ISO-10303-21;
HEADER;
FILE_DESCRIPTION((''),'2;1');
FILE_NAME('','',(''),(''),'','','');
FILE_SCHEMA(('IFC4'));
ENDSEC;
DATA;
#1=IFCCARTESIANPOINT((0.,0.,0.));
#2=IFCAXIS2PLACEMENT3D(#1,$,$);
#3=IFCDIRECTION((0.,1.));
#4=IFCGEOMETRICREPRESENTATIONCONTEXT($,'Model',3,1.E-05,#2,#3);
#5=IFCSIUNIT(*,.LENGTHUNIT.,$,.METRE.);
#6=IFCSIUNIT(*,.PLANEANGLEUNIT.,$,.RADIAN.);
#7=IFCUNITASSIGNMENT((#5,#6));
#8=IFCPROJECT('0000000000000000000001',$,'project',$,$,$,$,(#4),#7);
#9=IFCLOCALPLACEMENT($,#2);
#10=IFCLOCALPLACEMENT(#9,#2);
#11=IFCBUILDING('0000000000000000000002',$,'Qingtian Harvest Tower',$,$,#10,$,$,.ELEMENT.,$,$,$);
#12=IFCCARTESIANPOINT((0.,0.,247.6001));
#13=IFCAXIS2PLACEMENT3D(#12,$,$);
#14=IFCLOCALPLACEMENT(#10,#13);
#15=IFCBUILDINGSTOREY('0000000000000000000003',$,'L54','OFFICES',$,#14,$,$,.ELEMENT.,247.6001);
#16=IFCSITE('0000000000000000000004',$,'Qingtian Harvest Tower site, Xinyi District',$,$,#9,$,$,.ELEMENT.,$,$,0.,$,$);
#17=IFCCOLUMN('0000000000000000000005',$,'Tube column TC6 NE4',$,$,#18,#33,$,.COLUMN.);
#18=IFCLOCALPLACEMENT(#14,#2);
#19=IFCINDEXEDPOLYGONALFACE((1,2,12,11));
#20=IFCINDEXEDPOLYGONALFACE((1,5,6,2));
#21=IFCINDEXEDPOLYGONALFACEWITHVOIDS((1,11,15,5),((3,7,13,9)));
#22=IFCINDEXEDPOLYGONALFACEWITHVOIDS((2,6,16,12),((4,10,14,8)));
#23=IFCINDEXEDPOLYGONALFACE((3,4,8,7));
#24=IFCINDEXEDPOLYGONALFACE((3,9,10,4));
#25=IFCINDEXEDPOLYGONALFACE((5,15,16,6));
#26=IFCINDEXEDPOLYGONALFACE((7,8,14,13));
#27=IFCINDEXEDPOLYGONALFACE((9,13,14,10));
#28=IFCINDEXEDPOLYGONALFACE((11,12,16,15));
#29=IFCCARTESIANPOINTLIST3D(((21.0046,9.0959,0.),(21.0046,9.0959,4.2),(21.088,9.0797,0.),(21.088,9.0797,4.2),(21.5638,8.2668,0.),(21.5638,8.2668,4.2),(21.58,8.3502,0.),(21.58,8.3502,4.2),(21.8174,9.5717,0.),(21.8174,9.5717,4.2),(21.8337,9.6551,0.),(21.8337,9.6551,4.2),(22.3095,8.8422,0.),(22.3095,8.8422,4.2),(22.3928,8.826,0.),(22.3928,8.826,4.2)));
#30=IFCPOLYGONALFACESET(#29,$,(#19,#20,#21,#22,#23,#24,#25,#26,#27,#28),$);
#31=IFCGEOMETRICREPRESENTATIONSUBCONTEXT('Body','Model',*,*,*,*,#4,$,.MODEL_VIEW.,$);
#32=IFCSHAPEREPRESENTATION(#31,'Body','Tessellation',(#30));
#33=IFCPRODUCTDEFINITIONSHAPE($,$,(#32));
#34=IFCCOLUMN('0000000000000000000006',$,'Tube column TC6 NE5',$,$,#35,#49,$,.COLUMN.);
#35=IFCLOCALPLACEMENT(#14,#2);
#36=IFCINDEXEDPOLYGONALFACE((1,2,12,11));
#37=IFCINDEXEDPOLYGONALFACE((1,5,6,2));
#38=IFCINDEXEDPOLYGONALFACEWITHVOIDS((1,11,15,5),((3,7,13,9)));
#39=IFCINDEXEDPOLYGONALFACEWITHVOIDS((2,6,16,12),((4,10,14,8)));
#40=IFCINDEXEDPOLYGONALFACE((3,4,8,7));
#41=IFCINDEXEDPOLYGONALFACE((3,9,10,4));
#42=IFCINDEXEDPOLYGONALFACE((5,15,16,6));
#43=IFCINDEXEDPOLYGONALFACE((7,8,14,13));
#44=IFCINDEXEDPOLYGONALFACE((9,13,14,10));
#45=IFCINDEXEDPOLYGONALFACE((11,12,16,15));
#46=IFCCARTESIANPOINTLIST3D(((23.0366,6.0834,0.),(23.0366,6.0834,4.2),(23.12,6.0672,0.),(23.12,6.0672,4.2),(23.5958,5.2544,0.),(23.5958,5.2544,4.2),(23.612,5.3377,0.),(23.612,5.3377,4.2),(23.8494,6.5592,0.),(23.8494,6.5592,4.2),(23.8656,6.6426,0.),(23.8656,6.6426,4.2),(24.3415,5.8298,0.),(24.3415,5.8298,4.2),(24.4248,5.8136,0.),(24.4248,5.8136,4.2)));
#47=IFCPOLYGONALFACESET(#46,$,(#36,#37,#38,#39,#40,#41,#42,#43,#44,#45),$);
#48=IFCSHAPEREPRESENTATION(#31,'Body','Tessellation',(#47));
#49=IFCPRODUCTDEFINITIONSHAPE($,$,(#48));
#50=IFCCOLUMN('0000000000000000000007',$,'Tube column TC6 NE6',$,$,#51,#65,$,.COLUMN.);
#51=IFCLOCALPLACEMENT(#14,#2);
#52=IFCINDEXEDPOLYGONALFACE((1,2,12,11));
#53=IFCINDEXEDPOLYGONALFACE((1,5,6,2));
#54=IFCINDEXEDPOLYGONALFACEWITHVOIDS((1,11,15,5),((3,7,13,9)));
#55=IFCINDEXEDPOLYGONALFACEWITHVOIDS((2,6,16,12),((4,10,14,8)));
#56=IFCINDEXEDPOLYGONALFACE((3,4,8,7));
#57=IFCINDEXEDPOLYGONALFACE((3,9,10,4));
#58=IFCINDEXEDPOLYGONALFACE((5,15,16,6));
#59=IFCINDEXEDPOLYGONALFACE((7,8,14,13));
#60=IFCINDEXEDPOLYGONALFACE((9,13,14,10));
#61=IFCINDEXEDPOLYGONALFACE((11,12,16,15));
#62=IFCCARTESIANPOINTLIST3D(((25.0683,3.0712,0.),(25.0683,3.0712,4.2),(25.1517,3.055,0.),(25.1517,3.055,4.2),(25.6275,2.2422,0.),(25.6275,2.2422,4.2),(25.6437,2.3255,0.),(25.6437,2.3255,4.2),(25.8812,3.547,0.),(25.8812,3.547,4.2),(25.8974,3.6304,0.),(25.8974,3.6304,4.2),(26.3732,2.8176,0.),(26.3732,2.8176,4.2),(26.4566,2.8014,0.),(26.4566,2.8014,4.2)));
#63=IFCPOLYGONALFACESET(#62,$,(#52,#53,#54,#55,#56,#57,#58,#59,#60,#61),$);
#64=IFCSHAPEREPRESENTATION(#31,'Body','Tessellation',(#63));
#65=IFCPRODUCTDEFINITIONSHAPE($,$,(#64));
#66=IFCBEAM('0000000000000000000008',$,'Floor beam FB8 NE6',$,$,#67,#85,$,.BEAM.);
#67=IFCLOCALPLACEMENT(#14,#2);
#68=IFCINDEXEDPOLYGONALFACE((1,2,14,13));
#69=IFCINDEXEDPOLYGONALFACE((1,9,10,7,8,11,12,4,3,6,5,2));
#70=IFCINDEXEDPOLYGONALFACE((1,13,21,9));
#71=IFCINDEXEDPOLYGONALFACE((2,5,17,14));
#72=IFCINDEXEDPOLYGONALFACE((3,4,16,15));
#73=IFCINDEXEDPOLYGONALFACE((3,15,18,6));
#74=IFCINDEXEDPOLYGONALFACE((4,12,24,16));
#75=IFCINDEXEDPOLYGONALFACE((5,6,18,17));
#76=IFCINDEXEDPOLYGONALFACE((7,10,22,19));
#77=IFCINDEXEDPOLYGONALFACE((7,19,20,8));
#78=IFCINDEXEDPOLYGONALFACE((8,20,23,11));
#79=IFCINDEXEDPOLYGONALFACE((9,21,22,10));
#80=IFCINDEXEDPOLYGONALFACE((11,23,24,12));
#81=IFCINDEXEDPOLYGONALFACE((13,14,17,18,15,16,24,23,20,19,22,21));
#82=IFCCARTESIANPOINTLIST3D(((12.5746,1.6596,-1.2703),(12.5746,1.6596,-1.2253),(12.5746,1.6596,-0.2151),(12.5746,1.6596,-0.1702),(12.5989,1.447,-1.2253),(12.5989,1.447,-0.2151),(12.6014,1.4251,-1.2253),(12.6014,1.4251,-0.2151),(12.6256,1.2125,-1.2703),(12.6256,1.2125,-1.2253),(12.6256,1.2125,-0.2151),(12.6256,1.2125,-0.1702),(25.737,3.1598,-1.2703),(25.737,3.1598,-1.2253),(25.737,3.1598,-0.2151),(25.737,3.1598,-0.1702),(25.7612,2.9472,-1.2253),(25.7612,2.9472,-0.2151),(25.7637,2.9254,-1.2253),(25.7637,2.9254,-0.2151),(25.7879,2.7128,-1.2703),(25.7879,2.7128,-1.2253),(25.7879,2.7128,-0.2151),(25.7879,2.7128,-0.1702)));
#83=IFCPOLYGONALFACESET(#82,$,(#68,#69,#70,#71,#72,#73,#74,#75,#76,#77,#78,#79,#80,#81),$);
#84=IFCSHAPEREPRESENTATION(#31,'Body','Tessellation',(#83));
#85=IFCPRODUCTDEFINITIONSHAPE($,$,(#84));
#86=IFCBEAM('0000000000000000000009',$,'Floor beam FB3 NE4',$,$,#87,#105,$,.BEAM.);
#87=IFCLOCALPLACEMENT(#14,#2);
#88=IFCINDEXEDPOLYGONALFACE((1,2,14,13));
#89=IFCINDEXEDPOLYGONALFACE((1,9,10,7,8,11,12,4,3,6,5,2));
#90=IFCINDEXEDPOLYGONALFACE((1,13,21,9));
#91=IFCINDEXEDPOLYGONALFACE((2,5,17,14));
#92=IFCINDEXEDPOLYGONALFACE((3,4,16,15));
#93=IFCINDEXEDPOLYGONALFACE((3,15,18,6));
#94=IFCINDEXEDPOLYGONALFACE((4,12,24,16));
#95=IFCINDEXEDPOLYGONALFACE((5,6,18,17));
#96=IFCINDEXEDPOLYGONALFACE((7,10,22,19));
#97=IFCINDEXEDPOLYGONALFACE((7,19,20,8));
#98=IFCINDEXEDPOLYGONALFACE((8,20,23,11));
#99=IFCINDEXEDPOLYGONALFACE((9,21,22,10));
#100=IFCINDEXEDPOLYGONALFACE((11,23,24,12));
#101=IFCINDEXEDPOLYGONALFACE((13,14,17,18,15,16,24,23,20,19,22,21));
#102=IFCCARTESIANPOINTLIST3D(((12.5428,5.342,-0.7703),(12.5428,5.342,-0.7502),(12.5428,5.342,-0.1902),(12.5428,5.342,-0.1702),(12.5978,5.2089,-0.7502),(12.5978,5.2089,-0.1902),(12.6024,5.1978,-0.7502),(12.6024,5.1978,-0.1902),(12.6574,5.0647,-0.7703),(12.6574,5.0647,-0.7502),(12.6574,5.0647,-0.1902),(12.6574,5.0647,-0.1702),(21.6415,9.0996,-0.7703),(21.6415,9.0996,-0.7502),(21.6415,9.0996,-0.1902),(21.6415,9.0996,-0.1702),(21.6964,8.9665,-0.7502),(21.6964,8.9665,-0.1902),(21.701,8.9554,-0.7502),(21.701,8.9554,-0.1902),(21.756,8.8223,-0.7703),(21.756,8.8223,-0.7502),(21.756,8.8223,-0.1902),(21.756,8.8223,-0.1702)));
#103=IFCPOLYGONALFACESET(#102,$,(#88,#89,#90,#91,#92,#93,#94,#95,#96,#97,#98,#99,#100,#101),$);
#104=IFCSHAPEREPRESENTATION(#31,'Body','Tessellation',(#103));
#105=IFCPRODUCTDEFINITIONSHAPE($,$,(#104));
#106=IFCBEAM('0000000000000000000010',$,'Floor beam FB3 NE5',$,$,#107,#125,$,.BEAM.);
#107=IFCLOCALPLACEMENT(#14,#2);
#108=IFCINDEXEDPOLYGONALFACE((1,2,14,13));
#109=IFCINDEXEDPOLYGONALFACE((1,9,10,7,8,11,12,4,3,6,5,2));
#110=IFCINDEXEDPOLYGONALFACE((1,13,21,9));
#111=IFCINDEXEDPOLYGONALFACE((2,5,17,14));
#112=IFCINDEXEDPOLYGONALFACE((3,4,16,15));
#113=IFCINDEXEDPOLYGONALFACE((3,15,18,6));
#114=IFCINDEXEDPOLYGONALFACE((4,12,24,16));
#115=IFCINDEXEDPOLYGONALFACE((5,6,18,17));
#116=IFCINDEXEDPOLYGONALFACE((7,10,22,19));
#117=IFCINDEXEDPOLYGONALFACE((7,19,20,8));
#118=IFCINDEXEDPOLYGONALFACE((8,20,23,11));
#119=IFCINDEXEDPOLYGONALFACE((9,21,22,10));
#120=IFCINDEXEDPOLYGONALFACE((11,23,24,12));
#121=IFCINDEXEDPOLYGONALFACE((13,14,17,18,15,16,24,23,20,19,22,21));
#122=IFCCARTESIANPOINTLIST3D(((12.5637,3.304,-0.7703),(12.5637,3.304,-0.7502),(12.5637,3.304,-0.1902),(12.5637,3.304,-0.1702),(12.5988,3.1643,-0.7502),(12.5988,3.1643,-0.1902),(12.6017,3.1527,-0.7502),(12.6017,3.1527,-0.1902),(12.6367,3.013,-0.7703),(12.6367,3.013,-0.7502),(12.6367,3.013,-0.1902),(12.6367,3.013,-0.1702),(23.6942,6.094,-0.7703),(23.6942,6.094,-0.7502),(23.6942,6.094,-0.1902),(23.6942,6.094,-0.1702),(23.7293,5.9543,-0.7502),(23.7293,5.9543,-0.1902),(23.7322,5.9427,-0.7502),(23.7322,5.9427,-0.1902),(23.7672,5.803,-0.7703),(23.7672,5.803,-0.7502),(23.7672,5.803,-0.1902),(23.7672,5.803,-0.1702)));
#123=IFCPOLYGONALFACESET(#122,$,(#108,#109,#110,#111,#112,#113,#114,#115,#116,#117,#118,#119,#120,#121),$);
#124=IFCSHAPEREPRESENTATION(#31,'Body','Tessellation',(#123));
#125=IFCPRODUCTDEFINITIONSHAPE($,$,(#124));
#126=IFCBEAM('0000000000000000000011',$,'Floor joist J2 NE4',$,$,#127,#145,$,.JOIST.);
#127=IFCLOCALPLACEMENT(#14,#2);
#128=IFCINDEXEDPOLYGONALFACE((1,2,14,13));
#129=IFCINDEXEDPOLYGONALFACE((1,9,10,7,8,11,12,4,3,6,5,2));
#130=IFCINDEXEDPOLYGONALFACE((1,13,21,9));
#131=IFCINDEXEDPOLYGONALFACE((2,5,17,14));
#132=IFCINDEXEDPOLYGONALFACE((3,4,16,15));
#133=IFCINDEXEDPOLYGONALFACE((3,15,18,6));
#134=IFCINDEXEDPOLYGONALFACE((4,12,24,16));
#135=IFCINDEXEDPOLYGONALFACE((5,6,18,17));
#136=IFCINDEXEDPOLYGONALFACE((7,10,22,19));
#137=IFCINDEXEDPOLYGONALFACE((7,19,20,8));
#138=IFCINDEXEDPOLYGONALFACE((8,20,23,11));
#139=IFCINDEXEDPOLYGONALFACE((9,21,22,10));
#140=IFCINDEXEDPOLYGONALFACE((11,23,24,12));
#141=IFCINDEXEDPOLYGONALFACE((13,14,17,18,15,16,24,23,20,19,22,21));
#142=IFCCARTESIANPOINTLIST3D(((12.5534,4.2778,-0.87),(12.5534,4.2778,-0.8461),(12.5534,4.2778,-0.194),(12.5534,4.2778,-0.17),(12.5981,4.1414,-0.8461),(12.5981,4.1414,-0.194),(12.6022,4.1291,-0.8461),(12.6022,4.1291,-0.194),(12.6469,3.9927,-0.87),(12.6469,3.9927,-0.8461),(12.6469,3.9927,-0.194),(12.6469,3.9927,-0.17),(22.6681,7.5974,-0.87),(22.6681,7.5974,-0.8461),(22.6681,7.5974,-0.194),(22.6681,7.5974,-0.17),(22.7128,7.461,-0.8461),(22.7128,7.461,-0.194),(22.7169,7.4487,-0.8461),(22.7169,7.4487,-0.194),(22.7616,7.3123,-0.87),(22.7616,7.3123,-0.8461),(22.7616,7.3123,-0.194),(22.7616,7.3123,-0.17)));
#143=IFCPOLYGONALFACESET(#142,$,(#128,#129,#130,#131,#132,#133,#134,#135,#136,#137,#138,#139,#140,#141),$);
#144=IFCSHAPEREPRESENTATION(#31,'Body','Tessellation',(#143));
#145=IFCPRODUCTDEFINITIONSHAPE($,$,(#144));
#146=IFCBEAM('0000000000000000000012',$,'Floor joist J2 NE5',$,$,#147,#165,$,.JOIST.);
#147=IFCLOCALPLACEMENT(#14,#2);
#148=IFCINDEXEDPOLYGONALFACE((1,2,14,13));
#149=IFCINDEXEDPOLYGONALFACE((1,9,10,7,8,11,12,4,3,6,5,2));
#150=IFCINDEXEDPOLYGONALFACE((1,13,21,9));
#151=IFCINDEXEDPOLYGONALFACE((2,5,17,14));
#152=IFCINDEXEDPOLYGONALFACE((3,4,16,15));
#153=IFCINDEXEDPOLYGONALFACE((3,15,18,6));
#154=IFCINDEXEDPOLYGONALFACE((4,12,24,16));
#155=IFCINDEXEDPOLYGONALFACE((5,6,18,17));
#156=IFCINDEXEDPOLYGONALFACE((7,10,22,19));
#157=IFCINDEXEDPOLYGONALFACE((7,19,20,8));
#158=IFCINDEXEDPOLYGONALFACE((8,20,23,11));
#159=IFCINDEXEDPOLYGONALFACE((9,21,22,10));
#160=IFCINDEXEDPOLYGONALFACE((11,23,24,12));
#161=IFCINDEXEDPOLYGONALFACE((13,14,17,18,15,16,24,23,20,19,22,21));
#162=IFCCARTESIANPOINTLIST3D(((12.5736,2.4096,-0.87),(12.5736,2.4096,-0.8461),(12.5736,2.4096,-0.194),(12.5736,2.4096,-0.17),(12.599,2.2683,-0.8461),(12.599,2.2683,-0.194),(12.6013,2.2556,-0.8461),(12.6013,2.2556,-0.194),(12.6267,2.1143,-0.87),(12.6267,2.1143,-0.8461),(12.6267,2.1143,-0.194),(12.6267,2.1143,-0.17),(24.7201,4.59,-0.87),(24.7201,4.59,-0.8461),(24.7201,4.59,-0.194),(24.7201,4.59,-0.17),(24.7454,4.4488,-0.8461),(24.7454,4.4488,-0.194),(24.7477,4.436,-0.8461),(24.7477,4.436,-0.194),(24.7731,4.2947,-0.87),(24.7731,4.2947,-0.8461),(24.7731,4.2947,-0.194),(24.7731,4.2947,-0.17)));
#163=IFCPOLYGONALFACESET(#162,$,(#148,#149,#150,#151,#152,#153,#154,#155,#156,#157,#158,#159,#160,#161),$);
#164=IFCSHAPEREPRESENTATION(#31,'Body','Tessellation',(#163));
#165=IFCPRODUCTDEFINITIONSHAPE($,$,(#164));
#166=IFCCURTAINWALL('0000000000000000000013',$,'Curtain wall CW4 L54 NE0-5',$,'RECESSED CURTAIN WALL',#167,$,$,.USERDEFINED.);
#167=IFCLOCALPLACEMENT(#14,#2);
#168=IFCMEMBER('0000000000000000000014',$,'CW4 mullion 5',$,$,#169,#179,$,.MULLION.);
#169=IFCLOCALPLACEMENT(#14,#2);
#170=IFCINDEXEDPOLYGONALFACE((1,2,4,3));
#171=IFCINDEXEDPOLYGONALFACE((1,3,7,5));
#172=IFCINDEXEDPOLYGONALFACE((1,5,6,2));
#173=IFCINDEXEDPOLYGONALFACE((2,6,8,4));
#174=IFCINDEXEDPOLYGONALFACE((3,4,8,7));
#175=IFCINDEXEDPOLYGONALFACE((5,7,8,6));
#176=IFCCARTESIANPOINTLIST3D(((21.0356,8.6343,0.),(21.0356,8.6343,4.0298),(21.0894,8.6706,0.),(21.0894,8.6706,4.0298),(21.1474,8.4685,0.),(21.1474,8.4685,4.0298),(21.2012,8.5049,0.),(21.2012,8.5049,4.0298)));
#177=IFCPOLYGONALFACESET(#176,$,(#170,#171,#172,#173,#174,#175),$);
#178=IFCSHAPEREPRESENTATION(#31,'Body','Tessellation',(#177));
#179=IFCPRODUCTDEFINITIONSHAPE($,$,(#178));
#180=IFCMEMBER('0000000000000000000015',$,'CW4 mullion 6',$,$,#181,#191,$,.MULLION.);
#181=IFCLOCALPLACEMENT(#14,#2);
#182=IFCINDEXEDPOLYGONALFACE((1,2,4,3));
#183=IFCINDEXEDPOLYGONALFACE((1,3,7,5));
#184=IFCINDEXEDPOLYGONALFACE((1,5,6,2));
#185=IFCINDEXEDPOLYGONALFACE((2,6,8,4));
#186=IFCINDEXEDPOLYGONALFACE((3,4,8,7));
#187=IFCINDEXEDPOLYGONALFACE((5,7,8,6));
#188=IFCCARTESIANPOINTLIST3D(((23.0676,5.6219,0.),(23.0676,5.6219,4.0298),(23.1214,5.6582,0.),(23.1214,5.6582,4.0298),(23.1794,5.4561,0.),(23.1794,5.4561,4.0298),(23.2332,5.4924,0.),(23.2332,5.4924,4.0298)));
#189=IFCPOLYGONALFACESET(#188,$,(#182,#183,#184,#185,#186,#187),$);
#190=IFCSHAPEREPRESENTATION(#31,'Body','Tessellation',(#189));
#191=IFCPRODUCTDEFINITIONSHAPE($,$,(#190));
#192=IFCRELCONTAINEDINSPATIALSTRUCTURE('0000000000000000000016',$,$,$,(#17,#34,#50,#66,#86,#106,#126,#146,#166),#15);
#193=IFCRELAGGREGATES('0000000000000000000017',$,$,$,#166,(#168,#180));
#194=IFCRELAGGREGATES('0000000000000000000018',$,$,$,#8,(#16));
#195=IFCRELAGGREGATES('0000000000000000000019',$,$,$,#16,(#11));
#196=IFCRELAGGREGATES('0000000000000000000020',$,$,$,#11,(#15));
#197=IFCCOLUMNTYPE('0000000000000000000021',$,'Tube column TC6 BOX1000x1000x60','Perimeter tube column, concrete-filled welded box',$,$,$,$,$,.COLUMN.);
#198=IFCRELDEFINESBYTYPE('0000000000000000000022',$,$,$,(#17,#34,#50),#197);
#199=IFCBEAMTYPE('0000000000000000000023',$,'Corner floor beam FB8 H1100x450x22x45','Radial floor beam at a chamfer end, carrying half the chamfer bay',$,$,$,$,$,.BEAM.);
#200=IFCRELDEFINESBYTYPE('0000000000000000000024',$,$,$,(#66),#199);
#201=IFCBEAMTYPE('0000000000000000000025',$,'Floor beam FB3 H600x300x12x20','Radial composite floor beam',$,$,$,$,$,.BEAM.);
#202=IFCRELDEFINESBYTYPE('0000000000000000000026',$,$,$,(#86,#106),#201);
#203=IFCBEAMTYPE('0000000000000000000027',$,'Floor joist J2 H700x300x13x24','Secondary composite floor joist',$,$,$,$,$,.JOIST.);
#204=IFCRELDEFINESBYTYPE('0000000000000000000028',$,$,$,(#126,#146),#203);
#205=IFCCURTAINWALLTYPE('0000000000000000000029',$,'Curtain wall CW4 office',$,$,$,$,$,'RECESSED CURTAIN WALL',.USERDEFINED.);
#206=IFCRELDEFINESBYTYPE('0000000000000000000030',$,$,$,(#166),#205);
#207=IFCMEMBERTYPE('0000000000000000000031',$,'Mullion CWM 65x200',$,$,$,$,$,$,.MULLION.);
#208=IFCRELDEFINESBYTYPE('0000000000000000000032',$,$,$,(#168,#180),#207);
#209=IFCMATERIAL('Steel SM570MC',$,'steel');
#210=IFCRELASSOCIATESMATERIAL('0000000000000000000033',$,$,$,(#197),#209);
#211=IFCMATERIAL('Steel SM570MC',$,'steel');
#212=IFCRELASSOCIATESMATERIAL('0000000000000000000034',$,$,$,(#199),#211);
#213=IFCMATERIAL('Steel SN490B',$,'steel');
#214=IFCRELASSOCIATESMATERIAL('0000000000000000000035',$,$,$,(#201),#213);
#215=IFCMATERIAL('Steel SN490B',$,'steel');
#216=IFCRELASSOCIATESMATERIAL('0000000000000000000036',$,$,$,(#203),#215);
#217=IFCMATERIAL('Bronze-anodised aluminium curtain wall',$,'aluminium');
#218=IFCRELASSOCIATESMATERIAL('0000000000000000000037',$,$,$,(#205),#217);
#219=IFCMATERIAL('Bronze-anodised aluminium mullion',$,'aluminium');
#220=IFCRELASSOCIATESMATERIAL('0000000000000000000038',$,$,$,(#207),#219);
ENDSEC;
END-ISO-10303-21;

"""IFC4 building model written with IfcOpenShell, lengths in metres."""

from ifc_helpers import new_model, si_unit, direction, frame, origin, origin_2d, place, context, subcontext, project, spatial, rectangle, hollow_rectangle, i_section, extrude, material, material_profile, profile_set, type_object, element, aggregate, save


model = new_model("IFC4")

# Units and contexts
model_context = context("Model", 3, precision=1e-05, world=origin(), true_north=direction((0.0, 1.0)))
body_context = subcontext(model_context, "Body", "Model", "MODEL_VIEW")
ifc_project = project(units=[si_unit("LENGTHUNIT", "METRE"), si_unit("PLANEANGLEUNIT", "RADIAN")], contexts=[model_context])

# Site, building, storey
site_placement = place(None, origin())
site = spatial("IfcSite", under=ifc_project, at=site_placement, Name="Qingtian Harvest Tower site, Xinyi District", CompositionType="ELEMENT", RefElevation=0.0)
building_placement = place(site_placement, origin())
building = spatial("IfcBuilding", under=site, at=building_placement, Name="Qingtian Harvest Tower", CompositionType="ELEMENT")
storey_placement = place(building_placement, frame((0.0, 0.0, 247.6001)))
storey = spatial("IfcBuildingStorey", under=building, at=storey_placement, Name="L54", Description="OFFICES", CompositionType="ELEMENT", Elevation=247.6001)

# Columns
ifc_material_1 = material(Name="Steel SM570MC", Category="steel")
ifc_material_profile_1 = material_profile(ifc_material_1, hollow_rectangle(XDim=1.0, YDim=1.0, WallThickness=0.0601, at=origin_2d()), Name="BOX1000x1000x60")
ifc_profile_set_1 = profile_set([ifc_material_profile_1], Name="Steel SM570MC")
column_type = type_object("IfcColumnType", Name="Tube column TC6 BOX1000x1000x60", Description="Perimeter tube column, concrete-filled welded box", PredefinedType="COLUMN", material=ifc_profile_set_1)
for number, where, z_axis, x_axis, name in (
    (1, (21.6987, 8.9609, 0.0), (0.0, 0.0, 1.0), (-0.559193, 0.829038, 0.0), "Tube column TC6 NE4"),
    (2, (23.7307, 5.9485, 0.0), (0.0, 0.0, 1.0), (-0.559193, 0.829038, 0.0), "Tube column TC6 NE5"),
    (3, (25.7625, 2.9363, 0.0), (0.0, 0.0, 1.0), (-0.559193, 0.829038, 0.0), "Tube column TC6 NE6"),
):
    element("IfcColumn", number, at=place(storey_placement, frame(where, z_axis=z_axis, x_axis=x_axis)), inside=storey, type_object=column_type, Name=name, PredefinedType="COLUMN", context=body_context, shape_type="SweptSolid", body=[
        extrude(hollow_rectangle(XDim=1.0, YDim=1.0, WallThickness=0.0601, at=origin_2d()), origin(), (0.0, 0.0, 1.0), 4.2),
    ])

# Beams
ifc_material_2 = material(Name="Steel SM570MC", Category="steel")
ifc_material_profile_2 = material_profile(ifc_material_2, i_section(OverallWidth=0.45, OverallDepth=1.1001, WebThickness=0.022, FlangeThickness=0.0449, at=origin_2d()), Name="H1100x450x22x45")
ifc_profile_set_2 = profile_set([ifc_material_profile_2], Name="Steel SM570MC")
beam_type_1 = type_object("IfcBeamType", Name="Corner floor beam FB8 H1100x450x22x45", Description="Radial floor beam at a chamfer end, carrying half the chamfer bay", PredefinedType="BEAM", material=ifc_profile_set_2)
beam_1_placement = place(storey_placement, frame((25.7625, 2.9363, -0.7202), z_axis=(-0.993567, -0.113247, 0.0), x_axis=(0.113247, -0.993567, 0.0)))
element("IfcBeam", 4, at=beam_1_placement, inside=storey, type_object=beam_type_1, Name="Floor beam FB8 NE6", PredefinedType="BEAM", context=body_context, shape_type="SweptSolid", body=[
    extrude(i_section(OverallWidth=0.45, OverallDepth=1.1001, WebThickness=0.022, FlangeThickness=0.0449, at=origin_2d()), origin(), (0.0, 0.0, 1.0), 13.2476),
])
ifc_material_3 = material(Name="Steel SN490B", Category="steel")
ifc_material_profile_3 = material_profile(ifc_material_3, i_section(OverallWidth=0.3, OverallDepth=0.6001, WebThickness=0.012, FlangeThickness=0.02, at=origin_2d()), Name="H600x300x12x20")
ifc_profile_set_3 = profile_set([ifc_material_profile_3], Name="Steel SN490B")
beam_type_2 = type_object("IfcBeamType", Name="Floor beam FB3 H600x300x12x20", Description="Radial composite floor beam", PredefinedType="BEAM", material=ifc_profile_set_3)
beam_2_placement = place(storey_placement, frame((21.6987, 8.9609, -0.4702), z_axis=(-0.924282, -0.381711, 0.0), x_axis=(0.381711, -0.924282, 0.0)))
element("IfcBeam", 5, at=beam_2_placement, inside=storey, type_object=beam_type_2, Name="Floor beam FB3 NE4", PredefinedType="BEAM", context=body_context, shape_type="SweptSolid", body=[
    extrude(i_section(OverallWidth=0.3, OverallDepth=0.6001, WebThickness=0.012, FlangeThickness=0.02, at=origin_2d()), origin(), (0.0, 0.0, 1.0), 9.844),
])
beam_3_placement = place(storey_placement, frame((23.7307, 5.9485, -0.4702), z_axis=(-0.969991, -0.243141, 0.0), x_axis=(0.243141, -0.969991, 0.0)))
element("IfcBeam", 6, at=beam_3_placement, inside=storey, type_object=beam_type_2, Name="Floor beam FB3 NE5", PredefinedType="BEAM", context=body_context, shape_type="SweptSolid", body=[
    extrude(i_section(OverallWidth=0.3, OverallDepth=0.6001, WebThickness=0.012, FlangeThickness=0.02, at=origin_2d()), origin(), (0.0, 0.0, 1.0), 11.4749),
])
ifc_material_4 = material(Name="Steel SN490B", Category="steel")
ifc_material_profile_4 = material_profile(ifc_material_4, i_section(OverallWidth=0.3, OverallDepth=0.7, WebThickness=0.0129, FlangeThickness=0.0239, at=origin_2d()), Name="H700x300x13x24")
ifc_profile_set_4 = profile_set([ifc_material_profile_4], Name="Steel SN490B")
beam_type_3 = type_object("IfcBeamType", Name="Floor joist J2 H700x300x13x24", Description="Secondary composite floor joist", PredefinedType="JOIST", material=ifc_profile_set_4)
beam_4_placement = place(storey_placement, frame((22.7148, 7.4548, -0.52), z_axis=(-0.950139, -0.311828, 0.0), x_axis=(0.311828, -0.950139, 0.0)))
element("IfcBeam", 7, at=beam_4_placement, inside=storey, type_object=beam_type_3, Name="Floor joist J2 NE4", PredefinedType="JOIST", context=body_context, shape_type="SweptSolid", body=[
    extrude(i_section(OverallWidth=0.3, OverallDepth=0.7, WebThickness=0.0129, FlangeThickness=0.0239, at=origin_2d()), origin(), (0.0, 0.0, 1.0), 10.6455),
])
beam_5_placement = place(storey_placement, frame((24.7466, 4.4424, -0.52), z_axis=(-0.984267, -0.176686, 0.0), x_axis=(0.176686, -0.984267, 0.0)))
element("IfcBeam", 8, at=beam_5_placement, inside=storey, type_object=beam_type_3, Name="Floor joist J2 NE5", PredefinedType="JOIST", context=body_context, shape_type="SweptSolid", body=[
    extrude(i_section(OverallWidth=0.3, OverallDepth=0.7, WebThickness=0.0129, FlangeThickness=0.0239, at=origin_2d()), origin(), (0.0, 0.0, 1.0), 12.3406),
])

# Curtain wall, members
ifc_material_5 = material(Name="Bronze-anodised aluminium curtain wall", Category="aluminium")
curtain_wall_type = type_object("IfcCurtainWallType", Name="Curtain wall CW4 office", ElementType="RECESSED CURTAIN WALL", PredefinedType="USERDEFINED", material=ifc_material_5)
curtain_wall_1_placement = place(storey_placement, origin())
curtain_wall_1 = element("IfcCurtainWall", 9, at=curtain_wall_1_placement, inside=storey, type_object=curtain_wall_type, Name="Curtain wall CW4 L54 NE0-5", ObjectType="RECESSED CURTAIN WALL", PredefinedType="USERDEFINED")
ifc_material_6 = material(Name="Bronze-anodised aluminium mullion", Category="aluminium")
ifc_material_profile_5 = material_profile(ifc_material_6, rectangle(XDim=0.0649, YDim=0.2, at=origin_2d()), Name="AL 65x200")
ifc_profile_set_5 = profile_set([ifc_material_profile_5], Name="Bronze-anodised aluminium mullion")
member_type_1 = type_object("IfcMemberType", Name="Mullion CWM 65x200", PredefinedType="MULLION", material=ifc_profile_set_5)
member_1_placement = place(storey_placement, frame((21.1184, 8.5696, 0.0), z_axis=(0.0, 0.0, 1.0), x_axis=(0.829038, 0.559193, 0.0)))
member_1 = element("IfcMember", 10, at=member_1_placement, type_object=member_type_1, Name="CW4 mullion 5", PredefinedType="MULLION", context=body_context, shape_type="SweptSolid", body=[
    extrude(rectangle(XDim=0.0649, YDim=0.2, at=origin_2d()), origin(), (0.0, 0.0, 1.0), 4.0298),
])
member_2_placement = place(storey_placement, frame((23.1504, 5.5571, 0.0), z_axis=(0.0, 0.0, 1.0), x_axis=(0.829038, 0.559193, 0.0)))
member_2 = element("IfcMember", 11, at=member_2_placement, type_object=member_type_1, Name="CW4 mullion 6", PredefinedType="MULLION", context=body_context, shape_type="SweptSolid", body=[
    extrude(rectangle(XDim=0.0649, YDim=0.2, at=origin_2d()), origin(), (0.0, 0.0, 1.0), 4.0298),
])

aggregate(curtain_wall_1, [member_1, member_2])

save(model, "model.ifc")
